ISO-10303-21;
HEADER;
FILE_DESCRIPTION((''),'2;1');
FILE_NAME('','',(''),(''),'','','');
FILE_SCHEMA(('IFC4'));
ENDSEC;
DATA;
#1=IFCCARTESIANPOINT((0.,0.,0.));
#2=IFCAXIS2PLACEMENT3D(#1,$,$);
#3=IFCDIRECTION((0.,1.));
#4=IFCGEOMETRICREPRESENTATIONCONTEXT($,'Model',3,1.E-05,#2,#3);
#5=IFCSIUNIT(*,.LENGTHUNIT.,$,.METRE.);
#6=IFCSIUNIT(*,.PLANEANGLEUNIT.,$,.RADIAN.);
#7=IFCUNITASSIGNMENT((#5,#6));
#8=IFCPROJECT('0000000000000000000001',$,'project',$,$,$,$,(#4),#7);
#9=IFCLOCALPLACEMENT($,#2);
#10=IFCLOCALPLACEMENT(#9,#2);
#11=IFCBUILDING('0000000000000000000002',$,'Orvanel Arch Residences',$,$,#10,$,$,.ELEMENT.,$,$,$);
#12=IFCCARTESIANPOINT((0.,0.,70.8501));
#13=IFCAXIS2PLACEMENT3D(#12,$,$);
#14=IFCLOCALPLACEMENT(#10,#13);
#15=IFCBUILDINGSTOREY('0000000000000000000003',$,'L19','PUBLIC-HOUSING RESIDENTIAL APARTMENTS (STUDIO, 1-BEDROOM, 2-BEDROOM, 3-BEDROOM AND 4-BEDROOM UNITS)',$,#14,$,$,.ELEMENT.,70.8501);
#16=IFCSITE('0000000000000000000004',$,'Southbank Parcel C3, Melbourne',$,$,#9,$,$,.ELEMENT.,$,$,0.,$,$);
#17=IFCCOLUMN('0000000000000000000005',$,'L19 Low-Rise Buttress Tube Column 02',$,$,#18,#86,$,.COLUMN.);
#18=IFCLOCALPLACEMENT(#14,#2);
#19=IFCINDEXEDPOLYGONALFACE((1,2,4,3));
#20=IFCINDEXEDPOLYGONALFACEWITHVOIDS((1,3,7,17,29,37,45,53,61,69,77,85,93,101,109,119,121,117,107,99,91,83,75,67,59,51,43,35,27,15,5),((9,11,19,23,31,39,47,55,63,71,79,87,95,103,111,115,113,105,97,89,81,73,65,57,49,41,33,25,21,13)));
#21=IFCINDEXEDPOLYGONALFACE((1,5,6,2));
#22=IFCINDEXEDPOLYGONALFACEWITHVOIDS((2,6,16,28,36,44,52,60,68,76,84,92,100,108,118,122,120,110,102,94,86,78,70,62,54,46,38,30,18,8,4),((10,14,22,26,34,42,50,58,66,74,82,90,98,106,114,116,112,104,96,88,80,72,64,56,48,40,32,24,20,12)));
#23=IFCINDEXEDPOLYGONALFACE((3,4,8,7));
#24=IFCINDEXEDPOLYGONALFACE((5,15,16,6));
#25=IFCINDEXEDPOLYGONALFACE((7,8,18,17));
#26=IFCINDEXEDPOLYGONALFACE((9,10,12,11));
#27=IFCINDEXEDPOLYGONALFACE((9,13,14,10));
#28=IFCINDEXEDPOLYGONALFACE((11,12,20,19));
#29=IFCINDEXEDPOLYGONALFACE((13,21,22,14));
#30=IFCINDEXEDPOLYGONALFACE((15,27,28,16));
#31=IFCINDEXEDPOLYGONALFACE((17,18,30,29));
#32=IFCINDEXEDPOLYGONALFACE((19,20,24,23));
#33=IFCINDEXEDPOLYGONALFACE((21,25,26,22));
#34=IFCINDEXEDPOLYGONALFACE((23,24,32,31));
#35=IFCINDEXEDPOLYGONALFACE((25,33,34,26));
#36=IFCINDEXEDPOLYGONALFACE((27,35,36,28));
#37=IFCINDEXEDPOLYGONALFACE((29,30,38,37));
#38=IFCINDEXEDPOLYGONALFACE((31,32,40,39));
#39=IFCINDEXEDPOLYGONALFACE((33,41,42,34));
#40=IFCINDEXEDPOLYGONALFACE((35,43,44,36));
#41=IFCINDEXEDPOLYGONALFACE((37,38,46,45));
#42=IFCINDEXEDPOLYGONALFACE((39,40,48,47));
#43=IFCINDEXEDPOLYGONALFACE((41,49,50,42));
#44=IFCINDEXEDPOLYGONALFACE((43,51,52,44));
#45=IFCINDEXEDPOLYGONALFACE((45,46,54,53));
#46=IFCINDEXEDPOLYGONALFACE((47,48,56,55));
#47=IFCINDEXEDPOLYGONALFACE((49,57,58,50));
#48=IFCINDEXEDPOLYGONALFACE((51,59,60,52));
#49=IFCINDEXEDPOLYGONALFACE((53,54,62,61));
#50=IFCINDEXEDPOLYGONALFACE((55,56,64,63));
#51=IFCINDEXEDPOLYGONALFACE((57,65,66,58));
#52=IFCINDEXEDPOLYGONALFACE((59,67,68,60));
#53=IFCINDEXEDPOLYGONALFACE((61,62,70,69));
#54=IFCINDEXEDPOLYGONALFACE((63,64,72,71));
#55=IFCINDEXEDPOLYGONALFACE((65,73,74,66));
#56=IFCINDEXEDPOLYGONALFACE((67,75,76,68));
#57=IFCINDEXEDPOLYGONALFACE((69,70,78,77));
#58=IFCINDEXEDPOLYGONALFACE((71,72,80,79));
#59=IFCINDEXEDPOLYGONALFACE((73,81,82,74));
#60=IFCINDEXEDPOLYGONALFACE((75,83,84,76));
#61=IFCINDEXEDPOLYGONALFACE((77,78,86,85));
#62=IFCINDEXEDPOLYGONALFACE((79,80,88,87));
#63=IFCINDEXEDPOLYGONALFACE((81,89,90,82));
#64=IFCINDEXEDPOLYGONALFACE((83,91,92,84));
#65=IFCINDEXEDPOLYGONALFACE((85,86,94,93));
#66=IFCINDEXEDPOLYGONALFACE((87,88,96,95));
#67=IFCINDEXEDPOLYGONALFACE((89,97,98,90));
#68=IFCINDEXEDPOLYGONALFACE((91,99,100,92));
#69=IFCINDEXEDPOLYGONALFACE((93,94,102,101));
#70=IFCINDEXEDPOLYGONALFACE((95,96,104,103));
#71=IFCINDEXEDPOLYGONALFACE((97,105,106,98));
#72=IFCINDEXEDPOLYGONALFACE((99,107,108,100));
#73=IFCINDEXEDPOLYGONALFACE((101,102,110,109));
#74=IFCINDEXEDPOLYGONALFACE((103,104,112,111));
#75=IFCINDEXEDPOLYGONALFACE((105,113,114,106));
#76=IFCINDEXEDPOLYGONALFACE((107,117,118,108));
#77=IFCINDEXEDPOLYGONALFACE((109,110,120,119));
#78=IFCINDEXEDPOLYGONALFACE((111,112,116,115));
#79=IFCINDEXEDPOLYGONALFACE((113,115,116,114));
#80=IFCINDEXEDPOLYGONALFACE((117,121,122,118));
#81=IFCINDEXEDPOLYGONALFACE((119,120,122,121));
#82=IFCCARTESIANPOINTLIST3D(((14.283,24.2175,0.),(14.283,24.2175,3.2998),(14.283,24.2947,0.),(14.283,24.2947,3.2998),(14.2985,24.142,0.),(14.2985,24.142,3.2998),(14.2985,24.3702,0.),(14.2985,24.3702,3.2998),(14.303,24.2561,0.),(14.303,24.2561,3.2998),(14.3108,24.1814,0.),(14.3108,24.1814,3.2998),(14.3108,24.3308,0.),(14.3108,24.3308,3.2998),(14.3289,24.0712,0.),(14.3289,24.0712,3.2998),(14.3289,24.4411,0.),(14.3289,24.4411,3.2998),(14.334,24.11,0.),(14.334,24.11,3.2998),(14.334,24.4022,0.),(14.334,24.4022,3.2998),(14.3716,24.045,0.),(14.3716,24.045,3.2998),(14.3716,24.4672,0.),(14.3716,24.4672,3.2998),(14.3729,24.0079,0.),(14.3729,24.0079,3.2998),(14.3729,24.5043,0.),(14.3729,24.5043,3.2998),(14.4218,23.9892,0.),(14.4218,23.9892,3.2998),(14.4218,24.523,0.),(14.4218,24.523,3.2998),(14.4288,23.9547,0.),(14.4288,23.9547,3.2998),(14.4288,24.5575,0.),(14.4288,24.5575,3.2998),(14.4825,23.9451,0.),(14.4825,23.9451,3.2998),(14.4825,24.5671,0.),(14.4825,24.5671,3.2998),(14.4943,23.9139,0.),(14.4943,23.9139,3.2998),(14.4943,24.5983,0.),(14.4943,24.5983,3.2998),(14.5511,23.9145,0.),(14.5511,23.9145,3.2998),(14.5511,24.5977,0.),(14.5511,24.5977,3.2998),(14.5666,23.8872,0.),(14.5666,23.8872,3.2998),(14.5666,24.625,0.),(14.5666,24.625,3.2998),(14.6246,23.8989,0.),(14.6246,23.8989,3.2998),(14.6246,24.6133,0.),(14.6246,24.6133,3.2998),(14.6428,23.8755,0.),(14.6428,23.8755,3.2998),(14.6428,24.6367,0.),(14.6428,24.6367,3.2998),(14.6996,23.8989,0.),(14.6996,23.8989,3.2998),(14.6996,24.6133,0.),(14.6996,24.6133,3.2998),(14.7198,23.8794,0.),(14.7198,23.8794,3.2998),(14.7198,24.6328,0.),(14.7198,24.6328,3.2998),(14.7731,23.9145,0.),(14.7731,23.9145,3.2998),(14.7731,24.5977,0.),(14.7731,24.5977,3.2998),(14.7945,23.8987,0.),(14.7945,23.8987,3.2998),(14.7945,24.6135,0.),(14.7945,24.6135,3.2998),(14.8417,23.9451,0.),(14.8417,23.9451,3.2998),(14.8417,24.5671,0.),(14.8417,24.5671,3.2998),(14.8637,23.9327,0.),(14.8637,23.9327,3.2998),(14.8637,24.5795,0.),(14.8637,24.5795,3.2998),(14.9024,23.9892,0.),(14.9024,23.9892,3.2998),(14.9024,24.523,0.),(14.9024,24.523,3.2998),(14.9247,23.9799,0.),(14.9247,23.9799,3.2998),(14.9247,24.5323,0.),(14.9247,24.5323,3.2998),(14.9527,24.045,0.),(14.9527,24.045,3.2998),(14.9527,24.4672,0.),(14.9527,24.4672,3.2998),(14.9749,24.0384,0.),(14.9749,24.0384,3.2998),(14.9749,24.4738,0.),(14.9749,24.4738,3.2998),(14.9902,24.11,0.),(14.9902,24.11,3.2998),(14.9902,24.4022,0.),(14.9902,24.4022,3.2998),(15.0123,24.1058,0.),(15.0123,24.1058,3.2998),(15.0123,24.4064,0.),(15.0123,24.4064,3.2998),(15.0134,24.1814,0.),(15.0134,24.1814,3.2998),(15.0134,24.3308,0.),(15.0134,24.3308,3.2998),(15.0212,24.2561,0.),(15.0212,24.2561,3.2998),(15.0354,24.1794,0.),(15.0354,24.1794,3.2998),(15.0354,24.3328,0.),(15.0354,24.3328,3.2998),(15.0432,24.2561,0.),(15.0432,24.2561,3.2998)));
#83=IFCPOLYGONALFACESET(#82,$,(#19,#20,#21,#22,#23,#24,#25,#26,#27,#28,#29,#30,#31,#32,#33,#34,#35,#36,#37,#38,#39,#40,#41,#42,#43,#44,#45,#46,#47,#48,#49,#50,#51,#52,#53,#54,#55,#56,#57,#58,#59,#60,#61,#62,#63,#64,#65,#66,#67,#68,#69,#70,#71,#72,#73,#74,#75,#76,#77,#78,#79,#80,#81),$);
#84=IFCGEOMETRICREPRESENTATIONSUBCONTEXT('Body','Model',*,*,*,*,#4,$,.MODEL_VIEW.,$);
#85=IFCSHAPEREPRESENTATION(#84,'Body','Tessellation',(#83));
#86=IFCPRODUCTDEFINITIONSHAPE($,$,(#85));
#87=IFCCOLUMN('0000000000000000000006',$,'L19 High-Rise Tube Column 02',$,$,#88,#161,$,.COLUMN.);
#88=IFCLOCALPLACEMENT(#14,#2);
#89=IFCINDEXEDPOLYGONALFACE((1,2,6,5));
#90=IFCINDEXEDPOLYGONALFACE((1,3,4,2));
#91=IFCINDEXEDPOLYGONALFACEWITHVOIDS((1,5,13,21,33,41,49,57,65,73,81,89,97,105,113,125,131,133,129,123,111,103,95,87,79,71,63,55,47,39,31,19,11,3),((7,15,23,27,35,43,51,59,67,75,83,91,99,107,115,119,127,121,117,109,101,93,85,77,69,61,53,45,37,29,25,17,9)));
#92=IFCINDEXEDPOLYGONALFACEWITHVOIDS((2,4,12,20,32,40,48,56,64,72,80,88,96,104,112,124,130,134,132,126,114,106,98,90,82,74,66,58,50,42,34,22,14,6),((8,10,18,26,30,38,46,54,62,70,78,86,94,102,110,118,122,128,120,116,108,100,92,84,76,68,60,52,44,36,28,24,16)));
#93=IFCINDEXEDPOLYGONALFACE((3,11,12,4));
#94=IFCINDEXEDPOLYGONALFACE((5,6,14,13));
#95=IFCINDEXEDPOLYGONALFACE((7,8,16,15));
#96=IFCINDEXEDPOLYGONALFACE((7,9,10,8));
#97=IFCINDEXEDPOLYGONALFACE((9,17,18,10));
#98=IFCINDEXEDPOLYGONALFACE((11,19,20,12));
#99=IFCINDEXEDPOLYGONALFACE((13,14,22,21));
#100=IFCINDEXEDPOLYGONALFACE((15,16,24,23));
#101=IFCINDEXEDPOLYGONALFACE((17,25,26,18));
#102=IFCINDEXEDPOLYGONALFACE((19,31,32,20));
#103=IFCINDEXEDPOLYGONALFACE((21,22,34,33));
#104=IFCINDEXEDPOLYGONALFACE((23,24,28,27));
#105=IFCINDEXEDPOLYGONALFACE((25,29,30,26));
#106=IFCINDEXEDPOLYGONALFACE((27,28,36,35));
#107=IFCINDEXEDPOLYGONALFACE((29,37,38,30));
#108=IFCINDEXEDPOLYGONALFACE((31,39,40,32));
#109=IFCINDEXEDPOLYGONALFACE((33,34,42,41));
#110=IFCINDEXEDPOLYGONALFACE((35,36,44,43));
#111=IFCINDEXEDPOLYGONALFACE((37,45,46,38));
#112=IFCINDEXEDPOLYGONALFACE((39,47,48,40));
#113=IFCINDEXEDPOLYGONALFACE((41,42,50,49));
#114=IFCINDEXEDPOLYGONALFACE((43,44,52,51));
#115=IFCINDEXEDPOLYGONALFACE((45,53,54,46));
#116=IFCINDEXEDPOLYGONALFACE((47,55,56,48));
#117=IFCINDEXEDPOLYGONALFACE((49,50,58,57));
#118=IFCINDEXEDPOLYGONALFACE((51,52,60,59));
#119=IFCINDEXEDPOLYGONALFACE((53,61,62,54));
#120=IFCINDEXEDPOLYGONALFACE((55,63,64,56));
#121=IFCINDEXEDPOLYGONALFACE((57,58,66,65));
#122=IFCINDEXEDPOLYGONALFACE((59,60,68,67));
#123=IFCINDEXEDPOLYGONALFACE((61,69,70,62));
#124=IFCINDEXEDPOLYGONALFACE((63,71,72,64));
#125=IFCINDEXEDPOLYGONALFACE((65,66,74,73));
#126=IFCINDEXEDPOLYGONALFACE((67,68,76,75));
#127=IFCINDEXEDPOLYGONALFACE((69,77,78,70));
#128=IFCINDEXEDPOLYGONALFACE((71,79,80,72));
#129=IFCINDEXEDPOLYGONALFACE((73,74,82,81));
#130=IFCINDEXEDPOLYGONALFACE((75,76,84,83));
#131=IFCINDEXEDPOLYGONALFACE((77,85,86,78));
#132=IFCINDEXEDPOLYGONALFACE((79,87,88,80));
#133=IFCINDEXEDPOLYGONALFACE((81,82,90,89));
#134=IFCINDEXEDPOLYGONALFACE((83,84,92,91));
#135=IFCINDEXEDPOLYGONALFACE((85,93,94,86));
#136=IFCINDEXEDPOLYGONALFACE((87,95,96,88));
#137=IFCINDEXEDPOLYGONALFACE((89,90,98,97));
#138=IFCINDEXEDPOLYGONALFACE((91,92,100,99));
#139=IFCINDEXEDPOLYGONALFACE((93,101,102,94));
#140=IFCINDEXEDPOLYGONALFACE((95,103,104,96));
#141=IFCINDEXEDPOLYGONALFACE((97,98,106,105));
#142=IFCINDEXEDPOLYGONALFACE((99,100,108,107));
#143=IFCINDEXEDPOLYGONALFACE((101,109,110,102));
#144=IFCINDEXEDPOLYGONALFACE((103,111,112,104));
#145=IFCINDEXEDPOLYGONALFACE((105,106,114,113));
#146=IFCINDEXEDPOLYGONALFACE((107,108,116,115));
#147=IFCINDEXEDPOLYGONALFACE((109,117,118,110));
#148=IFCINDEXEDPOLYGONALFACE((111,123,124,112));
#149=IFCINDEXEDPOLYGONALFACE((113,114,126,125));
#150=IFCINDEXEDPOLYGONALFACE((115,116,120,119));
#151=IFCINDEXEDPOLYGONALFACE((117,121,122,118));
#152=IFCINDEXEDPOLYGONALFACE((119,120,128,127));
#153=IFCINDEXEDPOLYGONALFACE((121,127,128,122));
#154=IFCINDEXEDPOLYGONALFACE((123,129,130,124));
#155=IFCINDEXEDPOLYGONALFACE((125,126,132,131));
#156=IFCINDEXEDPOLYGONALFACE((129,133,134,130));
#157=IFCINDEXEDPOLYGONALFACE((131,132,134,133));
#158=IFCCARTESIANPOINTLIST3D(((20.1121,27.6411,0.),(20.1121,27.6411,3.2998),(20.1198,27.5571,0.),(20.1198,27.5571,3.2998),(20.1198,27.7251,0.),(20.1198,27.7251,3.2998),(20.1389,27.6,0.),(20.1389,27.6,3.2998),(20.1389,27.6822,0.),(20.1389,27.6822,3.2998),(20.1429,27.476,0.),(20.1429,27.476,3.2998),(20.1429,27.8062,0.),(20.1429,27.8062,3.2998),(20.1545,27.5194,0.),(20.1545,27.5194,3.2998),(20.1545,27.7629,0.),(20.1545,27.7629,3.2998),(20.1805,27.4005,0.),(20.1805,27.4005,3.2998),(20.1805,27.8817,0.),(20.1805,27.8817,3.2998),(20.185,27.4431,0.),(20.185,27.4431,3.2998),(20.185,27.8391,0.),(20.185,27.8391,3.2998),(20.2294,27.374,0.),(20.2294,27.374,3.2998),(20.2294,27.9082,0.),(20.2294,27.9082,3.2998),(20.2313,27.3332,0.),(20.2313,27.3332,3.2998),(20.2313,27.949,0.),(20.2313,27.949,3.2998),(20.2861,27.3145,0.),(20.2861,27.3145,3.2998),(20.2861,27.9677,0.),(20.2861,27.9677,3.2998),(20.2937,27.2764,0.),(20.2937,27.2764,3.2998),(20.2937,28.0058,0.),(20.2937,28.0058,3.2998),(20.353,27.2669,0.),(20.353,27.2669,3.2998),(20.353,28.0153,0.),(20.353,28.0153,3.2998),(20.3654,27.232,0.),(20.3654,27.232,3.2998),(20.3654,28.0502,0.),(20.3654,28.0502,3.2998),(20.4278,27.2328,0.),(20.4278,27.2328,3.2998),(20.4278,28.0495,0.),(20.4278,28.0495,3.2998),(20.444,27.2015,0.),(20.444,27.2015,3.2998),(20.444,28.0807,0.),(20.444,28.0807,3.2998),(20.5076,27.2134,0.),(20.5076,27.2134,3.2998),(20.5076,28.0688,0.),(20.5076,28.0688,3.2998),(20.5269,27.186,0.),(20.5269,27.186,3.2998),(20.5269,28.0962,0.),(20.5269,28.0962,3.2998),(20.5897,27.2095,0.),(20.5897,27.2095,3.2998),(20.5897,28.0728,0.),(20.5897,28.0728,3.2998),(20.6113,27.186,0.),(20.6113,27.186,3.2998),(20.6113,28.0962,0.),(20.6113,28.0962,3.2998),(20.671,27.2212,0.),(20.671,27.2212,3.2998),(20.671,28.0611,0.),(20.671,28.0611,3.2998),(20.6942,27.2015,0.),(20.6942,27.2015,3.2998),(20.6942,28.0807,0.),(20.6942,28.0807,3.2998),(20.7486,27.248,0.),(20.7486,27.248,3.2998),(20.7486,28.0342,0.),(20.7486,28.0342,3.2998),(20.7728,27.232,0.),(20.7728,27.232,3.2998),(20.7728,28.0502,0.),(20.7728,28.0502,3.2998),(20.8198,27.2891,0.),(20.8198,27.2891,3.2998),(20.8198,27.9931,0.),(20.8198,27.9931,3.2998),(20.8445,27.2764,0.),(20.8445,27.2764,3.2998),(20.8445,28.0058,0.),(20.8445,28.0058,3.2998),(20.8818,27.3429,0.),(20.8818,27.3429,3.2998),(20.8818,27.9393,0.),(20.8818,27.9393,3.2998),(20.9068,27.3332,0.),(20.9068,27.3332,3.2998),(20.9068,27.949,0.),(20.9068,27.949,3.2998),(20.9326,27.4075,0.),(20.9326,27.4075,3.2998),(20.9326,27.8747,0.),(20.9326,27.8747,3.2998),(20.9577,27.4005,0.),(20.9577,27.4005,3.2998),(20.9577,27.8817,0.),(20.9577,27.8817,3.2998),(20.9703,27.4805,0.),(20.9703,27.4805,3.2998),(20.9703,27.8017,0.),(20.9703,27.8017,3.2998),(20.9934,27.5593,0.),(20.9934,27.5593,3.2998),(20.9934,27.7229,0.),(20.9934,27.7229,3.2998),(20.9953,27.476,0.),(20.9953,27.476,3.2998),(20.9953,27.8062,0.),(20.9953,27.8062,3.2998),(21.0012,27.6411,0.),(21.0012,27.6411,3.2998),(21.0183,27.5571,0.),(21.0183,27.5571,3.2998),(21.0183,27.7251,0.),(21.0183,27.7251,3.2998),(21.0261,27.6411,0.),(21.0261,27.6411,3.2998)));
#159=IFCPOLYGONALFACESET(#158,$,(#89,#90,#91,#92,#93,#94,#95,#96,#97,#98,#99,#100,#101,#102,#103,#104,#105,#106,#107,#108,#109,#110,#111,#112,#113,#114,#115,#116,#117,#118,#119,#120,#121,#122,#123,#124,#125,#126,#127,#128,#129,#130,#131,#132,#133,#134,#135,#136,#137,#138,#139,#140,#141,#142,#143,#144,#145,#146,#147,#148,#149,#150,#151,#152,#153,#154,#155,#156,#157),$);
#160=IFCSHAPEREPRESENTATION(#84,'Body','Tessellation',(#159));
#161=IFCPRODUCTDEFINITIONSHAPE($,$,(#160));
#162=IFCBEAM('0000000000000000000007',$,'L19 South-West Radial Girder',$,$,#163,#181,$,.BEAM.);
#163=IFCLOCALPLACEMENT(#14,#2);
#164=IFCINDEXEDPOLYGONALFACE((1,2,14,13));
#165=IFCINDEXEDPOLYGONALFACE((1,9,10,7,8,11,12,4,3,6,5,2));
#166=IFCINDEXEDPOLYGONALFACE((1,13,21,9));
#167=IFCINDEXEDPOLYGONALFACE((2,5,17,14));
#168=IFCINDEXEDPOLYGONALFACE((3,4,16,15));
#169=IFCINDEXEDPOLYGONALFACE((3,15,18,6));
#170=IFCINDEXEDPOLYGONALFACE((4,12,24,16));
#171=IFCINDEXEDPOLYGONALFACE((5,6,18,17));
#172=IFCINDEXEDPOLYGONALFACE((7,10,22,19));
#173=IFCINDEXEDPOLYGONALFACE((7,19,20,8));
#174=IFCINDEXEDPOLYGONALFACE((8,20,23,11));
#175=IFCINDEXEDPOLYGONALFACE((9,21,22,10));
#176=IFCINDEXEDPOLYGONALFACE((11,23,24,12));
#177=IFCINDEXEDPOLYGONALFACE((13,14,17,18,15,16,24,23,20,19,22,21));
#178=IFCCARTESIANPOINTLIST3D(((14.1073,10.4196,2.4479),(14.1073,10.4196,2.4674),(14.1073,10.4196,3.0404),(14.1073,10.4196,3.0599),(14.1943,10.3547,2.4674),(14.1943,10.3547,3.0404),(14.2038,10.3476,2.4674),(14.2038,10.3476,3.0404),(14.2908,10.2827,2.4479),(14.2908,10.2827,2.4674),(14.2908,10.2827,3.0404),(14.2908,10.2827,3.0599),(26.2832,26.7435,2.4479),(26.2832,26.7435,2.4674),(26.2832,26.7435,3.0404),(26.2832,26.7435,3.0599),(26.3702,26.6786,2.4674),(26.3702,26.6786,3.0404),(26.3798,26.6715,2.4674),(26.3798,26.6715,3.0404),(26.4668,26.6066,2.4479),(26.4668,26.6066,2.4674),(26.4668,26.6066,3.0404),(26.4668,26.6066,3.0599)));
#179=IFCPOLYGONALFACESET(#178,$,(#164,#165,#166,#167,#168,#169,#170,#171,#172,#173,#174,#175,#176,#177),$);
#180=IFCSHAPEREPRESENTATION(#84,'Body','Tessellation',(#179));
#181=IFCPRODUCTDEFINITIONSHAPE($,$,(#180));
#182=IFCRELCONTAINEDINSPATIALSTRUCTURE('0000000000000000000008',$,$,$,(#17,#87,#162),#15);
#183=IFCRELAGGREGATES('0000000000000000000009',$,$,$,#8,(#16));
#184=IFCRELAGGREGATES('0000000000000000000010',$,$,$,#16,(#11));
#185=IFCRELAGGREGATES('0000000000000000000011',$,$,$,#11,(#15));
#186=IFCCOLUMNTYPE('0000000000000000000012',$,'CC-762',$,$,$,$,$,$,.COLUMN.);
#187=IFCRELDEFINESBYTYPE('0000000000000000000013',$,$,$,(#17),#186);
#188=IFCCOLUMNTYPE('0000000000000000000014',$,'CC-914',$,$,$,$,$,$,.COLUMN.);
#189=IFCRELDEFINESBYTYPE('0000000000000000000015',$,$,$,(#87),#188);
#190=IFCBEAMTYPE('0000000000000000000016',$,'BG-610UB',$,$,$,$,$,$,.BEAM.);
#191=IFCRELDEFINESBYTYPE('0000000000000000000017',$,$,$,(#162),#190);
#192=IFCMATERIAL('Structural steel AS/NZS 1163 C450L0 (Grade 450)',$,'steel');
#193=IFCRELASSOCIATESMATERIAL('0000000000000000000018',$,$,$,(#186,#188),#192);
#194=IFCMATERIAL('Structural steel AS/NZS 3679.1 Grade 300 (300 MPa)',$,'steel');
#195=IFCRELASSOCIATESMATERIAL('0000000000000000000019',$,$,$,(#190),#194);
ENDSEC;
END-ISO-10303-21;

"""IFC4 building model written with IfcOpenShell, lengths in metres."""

from ifc_helpers import new_model, si_unit, direction, frame, origin, origin_2d, place, context, subcontext, project, spatial, hollow_circle, i_section, extrude, material, material_profile, profile_set, type_object, element, save


model = new_model("IFC4")

# Units and contexts
model_context = context("Model", 3, precision=1e-05, world=origin(), true_north=direction((0.0, 1.0)))
body_context = subcontext(model_context, "Body", "Model", "MODEL_VIEW")
ifc_project = project(units=[si_unit("LENGTHUNIT", "METRE"), si_unit("PLANEANGLEUNIT", "RADIAN")], contexts=[model_context])

# Site, building, storey
site_placement = place(None, origin())
site = spatial("IfcSite", under=ifc_project, at=site_placement, Name="Southbank Parcel C3, Melbourne", CompositionType="ELEMENT", RefElevation=0.0)
building_placement = place(site_placement, origin())
building = spatial("IfcBuilding", under=site, at=building_placement, Name="Orvanel Arch Residences", CompositionType="ELEMENT")
storey_placement = place(building_placement, frame((0.0, 0.0, 70.8501)))
storey = spatial("IfcBuildingStorey", under=building, at=storey_placement, Name="L19", Description="PUBLIC-HOUSING RESIDENTIAL APARTMENTS (STUDIO, 1-BEDROOM, 2-BEDROOM, 3-BEDROOM AND 4-BEDROOM UNITS)", CompositionType="ELEMENT", Elevation=70.8501)

# Columns
ifc_material_1 = material(Name="Structural steel AS/NZS 1163 C450L0 (Grade 450)", Category="steel")
ifc_material_profile_1 = material_profile(ifc_material_1, hollow_circle(Radius=0.3811, WallThickness=0.022, at=origin_2d()), Name="CHS762x22")
ifc_profile_set_1 = profile_set([ifc_material_profile_1], Name="Structural steel AS/NZS 1163 C450L0 (Grade 450)")
column_type_1 = type_object("IfcColumnType", Name="CC-762", PredefinedType="COLUMN", material=ifc_profile_set_1)
column_1_placement = place(storey_placement, frame((14.6621, 24.2561, 0.0), z_axis=(0.0, 0.0, 1.0), x_axis=(1.0, 0.0, 0.0)))
element("IfcColumn", 1, at=column_1_placement, inside=storey, type_object=column_type_1, Name="L19 Low-Rise Buttress Tube Column 02", PredefinedType="COLUMN", context=body_context, shape_type="SweptSolid", body=[
    extrude(hollow_circle(Radius=0.3811, WallThickness=0.022, at=origin_2d()), origin(), (0.0, 0.0, 1.0), 3.2998),
])
ifc_material_profile_2 = material_profile(ifc_material_1, hollow_circle(Radius=0.457, WallThickness=0.0249, at=origin_2d()), Name="CHS914x25")
ifc_profile_set_2 = profile_set([ifc_material_profile_2], Name="Structural steel AS/NZS 1163 C450L0 (Grade 450)")
column_type_2 = type_object("IfcColumnType", Name="CC-914", PredefinedType="COLUMN", material=ifc_profile_set_2)
column_2_placement = place(storey_placement, frame((20.5691, 27.6411, 0.0), z_axis=(0.0, 0.0, 1.0), x_axis=(1.0, 0.0, 0.0)))
element("IfcColumn", 2, at=column_2_placement, inside=storey, type_object=column_type_2, Name="L19 High-Rise Tube Column 02", PredefinedType="COLUMN", context=body_context, shape_type="SweptSolid", body=[
    extrude(hollow_circle(Radius=0.457, WallThickness=0.0249, at=origin_2d()), origin(), (0.0, 0.0, 1.0), 3.2998),
])

# Beam
ifc_material_2 = material(Name="Structural steel AS/NZS 3679.1 Grade 300 (300 MPa)", Category="steel")
ifc_material_profile_3 = material_profile(ifc_material_2, i_section(OverallWidth=0.229, OverallDepth=0.6121, WebThickness=0.012, FlangeThickness=0.0195, at=origin_2d()), Name="610UB125")
ifc_profile_set_3 = profile_set([ifc_material_profile_3], Name="Structural steel AS/NZS 3679.1 Grade 300 (300 MPa)")
beam_type_1 = type_object("IfcBeamType", Name="BG-610UB", PredefinedType="BEAM", material=ifc_profile_set_3)
beam_1_placement = place(storey_placement, frame((26.375, 26.675, 2.7539), z_axis=(-0.597894, -0.801575, 0.0), x_axis=(0.801575, -0.597894, 0.0)))
element("IfcBeam", 3, at=beam_1_placement, inside=storey, type_object=beam_type_1, Name="L19 South-West Radial Girder", PredefinedType="BEAM", context=body_context, shape_type="SweptSolid", body=[
    extrude(i_section(OverallWidth=0.229, OverallDepth=0.6121, WebThickness=0.012, FlangeThickness=0.0195, at=origin_2d()), origin(), (0.0, 0.0, 1.0), 20.3647),
])

save(model, "model.ifc")
